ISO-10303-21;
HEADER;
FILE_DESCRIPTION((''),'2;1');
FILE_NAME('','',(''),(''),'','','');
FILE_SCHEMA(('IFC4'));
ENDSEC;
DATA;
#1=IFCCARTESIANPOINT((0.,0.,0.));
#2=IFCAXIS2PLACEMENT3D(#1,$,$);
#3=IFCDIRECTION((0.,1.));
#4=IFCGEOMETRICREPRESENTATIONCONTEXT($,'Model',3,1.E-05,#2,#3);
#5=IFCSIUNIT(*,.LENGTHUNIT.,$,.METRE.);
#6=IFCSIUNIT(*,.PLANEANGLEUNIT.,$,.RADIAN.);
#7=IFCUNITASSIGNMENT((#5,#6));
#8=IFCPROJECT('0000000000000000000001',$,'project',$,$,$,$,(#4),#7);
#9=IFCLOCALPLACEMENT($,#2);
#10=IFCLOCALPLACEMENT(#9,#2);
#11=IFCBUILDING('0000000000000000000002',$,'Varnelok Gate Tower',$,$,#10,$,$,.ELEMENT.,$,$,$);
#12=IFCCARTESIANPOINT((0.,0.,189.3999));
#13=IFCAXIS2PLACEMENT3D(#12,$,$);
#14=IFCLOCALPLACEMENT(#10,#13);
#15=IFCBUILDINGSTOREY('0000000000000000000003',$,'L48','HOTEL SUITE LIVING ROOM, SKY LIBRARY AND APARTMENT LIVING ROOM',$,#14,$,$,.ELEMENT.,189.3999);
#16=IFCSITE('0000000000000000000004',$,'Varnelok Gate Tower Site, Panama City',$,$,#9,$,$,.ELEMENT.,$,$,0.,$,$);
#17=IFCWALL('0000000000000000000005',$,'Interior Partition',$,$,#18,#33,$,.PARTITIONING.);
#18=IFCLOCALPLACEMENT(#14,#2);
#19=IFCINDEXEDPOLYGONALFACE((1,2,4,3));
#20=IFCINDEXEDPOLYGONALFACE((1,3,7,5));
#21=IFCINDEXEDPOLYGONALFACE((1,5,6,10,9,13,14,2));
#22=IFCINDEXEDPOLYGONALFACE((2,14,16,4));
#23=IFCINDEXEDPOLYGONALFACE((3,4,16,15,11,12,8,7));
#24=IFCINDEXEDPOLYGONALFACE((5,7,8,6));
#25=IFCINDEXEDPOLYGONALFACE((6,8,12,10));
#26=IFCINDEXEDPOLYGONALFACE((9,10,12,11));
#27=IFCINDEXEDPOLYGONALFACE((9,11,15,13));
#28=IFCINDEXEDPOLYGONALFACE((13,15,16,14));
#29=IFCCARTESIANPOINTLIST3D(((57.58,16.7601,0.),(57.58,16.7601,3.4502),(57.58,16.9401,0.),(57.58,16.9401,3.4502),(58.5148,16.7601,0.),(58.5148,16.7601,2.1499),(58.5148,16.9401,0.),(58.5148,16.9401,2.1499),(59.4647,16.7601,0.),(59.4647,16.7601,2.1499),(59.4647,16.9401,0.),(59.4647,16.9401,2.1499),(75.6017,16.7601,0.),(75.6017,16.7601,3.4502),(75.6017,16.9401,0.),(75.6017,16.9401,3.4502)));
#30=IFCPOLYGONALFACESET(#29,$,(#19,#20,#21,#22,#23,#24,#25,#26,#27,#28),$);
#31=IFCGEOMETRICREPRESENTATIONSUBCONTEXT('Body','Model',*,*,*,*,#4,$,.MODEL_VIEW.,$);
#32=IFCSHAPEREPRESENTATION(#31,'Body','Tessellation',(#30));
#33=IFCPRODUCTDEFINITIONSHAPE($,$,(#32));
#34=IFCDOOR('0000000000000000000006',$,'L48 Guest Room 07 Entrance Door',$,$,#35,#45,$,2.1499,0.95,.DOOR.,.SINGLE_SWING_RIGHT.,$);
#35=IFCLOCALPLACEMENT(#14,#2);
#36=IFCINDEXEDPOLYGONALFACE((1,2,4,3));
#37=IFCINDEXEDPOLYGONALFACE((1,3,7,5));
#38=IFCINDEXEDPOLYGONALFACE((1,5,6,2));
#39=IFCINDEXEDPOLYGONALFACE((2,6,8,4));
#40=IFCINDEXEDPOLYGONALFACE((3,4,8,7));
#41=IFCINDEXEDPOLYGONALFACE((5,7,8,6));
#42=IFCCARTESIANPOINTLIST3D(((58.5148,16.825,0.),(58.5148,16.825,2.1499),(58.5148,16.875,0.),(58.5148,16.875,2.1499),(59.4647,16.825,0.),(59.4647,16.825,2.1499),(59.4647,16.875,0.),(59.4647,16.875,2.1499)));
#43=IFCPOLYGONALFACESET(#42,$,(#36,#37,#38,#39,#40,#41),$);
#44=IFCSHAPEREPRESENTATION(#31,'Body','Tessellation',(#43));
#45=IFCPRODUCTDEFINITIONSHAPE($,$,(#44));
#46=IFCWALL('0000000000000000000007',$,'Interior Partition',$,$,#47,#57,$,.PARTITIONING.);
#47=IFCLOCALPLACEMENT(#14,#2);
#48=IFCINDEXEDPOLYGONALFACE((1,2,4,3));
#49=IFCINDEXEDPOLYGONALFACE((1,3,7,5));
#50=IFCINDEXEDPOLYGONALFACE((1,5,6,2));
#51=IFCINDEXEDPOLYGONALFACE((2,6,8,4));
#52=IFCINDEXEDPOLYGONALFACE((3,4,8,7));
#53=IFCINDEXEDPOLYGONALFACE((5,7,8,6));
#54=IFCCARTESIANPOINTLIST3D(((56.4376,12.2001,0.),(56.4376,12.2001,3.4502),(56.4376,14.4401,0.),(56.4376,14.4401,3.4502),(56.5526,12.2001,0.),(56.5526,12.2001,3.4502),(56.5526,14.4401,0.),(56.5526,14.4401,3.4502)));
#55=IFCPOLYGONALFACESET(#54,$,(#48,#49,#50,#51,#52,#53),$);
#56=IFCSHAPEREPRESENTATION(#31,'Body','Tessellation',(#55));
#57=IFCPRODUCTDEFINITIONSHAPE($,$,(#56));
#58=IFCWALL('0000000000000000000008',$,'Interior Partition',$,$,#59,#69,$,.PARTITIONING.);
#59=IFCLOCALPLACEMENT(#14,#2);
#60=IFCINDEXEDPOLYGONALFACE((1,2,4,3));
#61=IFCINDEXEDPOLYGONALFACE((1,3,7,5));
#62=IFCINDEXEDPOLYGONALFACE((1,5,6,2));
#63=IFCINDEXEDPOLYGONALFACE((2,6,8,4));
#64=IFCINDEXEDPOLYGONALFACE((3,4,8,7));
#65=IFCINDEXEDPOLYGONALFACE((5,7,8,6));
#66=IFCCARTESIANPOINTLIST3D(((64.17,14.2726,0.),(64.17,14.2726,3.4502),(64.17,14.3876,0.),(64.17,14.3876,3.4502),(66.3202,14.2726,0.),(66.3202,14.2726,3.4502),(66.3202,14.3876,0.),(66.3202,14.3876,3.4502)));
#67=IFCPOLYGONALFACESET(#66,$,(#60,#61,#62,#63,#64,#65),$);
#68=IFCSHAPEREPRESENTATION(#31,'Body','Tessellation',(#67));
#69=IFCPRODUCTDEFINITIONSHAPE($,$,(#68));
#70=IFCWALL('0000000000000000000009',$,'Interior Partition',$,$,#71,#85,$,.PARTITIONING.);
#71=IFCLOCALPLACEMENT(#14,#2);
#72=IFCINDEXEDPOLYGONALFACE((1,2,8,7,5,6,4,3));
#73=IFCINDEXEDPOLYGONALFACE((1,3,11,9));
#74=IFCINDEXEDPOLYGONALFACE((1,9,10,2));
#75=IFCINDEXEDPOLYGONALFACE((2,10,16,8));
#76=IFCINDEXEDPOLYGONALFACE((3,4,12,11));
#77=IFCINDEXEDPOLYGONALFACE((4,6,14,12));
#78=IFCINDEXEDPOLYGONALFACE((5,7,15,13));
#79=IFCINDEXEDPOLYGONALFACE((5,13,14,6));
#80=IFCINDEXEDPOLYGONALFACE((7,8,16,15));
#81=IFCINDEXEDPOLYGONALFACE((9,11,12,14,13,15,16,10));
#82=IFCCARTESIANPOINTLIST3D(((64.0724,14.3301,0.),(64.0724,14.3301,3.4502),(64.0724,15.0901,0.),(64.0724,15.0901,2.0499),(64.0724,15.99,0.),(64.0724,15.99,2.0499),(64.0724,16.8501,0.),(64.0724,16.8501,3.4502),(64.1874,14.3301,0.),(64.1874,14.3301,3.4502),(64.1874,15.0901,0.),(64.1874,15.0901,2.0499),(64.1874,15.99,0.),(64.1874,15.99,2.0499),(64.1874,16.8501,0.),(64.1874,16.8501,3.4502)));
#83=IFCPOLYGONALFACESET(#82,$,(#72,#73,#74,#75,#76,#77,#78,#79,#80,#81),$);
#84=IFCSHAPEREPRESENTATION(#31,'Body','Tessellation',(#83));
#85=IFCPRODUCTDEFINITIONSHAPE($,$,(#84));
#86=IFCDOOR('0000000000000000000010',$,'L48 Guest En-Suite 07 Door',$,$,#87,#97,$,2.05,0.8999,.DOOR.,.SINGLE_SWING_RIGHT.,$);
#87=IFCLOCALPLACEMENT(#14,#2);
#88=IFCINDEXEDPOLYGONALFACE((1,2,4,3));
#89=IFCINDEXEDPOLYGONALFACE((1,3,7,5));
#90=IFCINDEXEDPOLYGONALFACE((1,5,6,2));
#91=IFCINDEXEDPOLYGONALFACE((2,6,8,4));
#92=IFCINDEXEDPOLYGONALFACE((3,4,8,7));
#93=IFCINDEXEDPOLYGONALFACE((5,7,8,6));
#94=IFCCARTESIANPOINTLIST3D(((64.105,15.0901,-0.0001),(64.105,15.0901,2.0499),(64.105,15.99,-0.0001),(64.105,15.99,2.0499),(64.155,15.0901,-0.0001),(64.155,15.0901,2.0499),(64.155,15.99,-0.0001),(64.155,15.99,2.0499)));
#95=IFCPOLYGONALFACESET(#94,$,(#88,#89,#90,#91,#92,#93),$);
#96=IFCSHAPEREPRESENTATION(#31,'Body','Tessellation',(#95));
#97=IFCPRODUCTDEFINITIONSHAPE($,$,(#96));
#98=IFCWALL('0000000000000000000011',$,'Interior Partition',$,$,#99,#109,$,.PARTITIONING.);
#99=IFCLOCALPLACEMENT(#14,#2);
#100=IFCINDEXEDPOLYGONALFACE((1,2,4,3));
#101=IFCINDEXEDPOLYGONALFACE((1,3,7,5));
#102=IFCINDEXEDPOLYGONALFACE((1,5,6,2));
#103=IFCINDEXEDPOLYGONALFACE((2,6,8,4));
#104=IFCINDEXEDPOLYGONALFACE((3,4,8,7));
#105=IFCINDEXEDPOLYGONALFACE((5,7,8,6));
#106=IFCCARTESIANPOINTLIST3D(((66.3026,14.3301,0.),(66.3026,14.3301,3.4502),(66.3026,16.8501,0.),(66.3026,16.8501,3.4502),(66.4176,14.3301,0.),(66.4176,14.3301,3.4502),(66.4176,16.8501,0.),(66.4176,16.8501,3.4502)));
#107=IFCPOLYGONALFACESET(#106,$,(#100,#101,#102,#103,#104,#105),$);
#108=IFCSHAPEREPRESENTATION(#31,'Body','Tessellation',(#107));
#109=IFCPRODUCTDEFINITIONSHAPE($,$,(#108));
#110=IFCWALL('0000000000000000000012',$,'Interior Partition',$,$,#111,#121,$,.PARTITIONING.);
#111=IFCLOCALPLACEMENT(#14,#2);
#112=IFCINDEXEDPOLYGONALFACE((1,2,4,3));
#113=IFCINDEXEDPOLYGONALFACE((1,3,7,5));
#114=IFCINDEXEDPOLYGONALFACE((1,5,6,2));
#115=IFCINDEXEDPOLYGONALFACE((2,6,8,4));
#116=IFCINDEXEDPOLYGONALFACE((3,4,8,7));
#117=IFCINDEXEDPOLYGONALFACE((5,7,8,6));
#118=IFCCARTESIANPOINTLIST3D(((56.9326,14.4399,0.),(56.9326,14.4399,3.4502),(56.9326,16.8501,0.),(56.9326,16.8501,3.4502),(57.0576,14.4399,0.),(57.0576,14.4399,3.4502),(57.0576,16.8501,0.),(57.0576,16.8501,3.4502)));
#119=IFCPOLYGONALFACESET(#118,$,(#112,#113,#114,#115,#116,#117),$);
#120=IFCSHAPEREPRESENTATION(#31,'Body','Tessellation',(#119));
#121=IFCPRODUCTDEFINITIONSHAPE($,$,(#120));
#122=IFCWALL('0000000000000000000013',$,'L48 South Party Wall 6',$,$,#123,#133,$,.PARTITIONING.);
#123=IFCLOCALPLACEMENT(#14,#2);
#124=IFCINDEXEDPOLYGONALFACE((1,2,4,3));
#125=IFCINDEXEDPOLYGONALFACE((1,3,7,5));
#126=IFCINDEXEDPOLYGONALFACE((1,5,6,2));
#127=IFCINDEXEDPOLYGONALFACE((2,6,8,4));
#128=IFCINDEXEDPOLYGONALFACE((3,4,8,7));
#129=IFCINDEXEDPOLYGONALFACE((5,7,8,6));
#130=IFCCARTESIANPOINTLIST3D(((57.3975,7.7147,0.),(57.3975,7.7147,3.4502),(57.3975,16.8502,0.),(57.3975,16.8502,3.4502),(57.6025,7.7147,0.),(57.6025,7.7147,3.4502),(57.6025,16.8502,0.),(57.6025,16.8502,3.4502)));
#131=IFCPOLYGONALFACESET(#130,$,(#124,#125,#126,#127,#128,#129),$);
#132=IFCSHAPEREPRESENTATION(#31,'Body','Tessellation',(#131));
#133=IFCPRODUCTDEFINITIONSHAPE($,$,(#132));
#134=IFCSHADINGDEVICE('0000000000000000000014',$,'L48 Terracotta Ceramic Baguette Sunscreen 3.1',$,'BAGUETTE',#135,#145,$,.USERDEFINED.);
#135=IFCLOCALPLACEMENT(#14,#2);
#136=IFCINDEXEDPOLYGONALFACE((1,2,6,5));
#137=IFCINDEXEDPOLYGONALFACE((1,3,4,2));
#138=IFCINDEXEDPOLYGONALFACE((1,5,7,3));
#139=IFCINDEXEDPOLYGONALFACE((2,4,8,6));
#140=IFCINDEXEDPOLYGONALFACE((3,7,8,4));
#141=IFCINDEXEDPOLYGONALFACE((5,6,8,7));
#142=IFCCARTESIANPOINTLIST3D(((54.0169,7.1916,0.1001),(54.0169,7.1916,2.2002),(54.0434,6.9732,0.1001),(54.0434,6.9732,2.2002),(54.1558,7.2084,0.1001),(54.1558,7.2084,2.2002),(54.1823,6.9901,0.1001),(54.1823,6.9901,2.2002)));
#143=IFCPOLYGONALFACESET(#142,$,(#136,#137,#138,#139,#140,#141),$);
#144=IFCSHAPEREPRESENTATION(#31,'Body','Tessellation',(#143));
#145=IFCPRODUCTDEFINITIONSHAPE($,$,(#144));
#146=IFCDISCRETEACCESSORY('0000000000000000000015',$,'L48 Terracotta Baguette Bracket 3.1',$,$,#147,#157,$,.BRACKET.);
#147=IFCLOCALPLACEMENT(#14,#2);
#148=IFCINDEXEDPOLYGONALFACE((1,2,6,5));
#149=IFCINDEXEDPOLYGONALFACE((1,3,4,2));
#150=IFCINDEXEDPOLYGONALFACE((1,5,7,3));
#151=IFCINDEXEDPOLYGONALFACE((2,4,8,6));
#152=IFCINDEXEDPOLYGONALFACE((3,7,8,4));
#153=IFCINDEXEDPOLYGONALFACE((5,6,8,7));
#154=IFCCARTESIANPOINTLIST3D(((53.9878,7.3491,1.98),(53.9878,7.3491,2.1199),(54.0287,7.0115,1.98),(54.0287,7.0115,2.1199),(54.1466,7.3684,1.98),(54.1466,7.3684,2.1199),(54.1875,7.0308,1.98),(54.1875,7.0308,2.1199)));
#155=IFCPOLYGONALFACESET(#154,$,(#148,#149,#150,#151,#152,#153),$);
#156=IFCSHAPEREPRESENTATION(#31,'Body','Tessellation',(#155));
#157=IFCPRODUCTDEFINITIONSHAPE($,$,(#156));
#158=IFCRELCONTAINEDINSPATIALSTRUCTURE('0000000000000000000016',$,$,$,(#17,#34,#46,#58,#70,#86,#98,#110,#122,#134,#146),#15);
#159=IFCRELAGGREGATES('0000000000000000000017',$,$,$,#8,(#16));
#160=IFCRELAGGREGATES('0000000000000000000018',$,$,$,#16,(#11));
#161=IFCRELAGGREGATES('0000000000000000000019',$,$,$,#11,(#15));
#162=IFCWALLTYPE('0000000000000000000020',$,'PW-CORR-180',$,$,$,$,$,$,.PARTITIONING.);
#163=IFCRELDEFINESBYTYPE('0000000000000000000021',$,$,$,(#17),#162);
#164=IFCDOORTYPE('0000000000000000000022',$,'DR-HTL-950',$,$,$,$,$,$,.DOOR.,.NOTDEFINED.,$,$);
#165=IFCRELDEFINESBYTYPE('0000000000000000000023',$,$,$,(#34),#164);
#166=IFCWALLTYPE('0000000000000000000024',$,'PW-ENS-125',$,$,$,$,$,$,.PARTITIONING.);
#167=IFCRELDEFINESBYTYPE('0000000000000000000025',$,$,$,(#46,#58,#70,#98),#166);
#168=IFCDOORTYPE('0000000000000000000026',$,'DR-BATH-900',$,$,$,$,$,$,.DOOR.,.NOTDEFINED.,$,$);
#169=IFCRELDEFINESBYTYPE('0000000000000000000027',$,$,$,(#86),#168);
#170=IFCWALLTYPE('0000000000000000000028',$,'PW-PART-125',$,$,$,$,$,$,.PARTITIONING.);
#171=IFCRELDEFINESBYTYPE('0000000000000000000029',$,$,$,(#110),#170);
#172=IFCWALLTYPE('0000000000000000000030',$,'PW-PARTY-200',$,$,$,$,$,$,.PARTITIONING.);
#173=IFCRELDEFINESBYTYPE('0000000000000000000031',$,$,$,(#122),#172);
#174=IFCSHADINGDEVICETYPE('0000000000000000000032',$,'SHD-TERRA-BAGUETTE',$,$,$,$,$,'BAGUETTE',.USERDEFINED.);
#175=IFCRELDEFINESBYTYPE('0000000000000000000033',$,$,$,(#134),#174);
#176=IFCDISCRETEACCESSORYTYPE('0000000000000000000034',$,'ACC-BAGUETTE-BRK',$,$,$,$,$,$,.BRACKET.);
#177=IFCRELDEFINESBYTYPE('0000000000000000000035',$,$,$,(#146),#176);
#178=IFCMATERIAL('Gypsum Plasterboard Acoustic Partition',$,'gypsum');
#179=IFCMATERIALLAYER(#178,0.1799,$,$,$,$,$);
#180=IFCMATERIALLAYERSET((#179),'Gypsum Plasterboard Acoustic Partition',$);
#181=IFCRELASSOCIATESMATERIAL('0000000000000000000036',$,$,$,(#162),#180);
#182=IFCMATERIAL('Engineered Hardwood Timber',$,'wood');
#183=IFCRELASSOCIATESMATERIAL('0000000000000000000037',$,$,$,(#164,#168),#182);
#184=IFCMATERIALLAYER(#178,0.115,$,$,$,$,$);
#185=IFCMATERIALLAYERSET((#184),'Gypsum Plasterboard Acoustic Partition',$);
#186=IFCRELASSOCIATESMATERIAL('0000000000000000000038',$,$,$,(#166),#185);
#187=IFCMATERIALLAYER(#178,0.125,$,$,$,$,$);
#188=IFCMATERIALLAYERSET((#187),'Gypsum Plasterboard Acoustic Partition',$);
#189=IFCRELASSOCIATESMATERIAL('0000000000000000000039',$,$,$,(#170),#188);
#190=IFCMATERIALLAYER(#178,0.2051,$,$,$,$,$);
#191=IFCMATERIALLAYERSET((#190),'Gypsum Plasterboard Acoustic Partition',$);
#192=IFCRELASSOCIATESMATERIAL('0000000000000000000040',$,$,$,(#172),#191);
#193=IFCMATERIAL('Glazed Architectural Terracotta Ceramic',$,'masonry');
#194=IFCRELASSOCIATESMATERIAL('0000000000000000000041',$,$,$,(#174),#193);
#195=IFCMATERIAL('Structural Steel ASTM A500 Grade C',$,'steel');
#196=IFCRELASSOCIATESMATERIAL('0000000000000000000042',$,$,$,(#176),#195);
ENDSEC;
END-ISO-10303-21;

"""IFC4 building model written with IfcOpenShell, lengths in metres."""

from ifc_helpers import new_model, si_unit, direction, frame, frame_2d, origin, origin_2d, place, context, subcontext, project, spatial, rectangle, extrude, source, transform, mapped, material, layer, layer_set, type_object, element, fill, save


model = new_model("IFC4")

# Units and contexts
model_context = context("Model", 3, precision=1e-05, world=origin(), true_north=direction((0.0, 1.0)))
body_context = subcontext(model_context, "Body", "Model", "MODEL_VIEW")
ifc_project = project(units=[si_unit("LENGTHUNIT", "METRE"), si_unit("PLANEANGLEUNIT", "RADIAN")], contexts=[model_context])

# Site, building, storey
site_placement = place(None, origin())
site = spatial("IfcSite", under=ifc_project, at=site_placement, Name="Varnelok Gate Tower Site, Panama City", CompositionType="ELEMENT", RefElevation=0.0)
building_placement = place(site_placement, origin())
building = spatial("IfcBuilding", under=site, at=building_placement, Name="Varnelok Gate Tower", CompositionType="ELEMENT")
storey_placement = place(building_placement, frame((0.0, 0.0, 189.3999)))
storey = spatial("IfcBuildingStorey", under=building, at=storey_placement, Name="L48", Description="HOTEL SUITE LIVING ROOM, SKY LIBRARY AND APARTMENT LIVING ROOM", CompositionType="ELEMENT", Elevation=189.3999)

# Wall, opening, door
ifc_material_1 = material(Name="Gypsum Plasterboard Acoustic Partition", Category="gypsum")
ifc_layer_1 = layer(ifc_material_1, 0.1799)
ifc_layer_set_1 = layer_set([ifc_layer_1], Name="Gypsum Plasterboard Acoustic Partition")
wall_type_1 = type_object("IfcWallType", Name="PW-CORR-180", PredefinedType="PARTITIONING", material=ifc_layer_set_1)
wall_1_placement = place(storey_placement, frame((57.5801, 16.8501, 0.0), z_axis=(0.0, 0.0, 1.0), x_axis=(1.0, 0.0, 0.0)))
wall_1 = element("IfcWall", 1, at=wall_1_placement, inside=storey, type_object=wall_type_1, Name="Interior Partition", PredefinedType="PARTITIONING", context=body_context, shape_type="SweptSolid", body=[
    extrude(rectangle(XDim=18.0217, YDim=0.1799, at=frame_2d((9.0107, 0.0))), origin(), (0.0, 0.0, 1.0), 3.4502),
])
opening_1_placement = place(wall_1_placement, frame((0.9346, 0.0, 0.0)))
opening_1 = element("IfcOpeningElement", 2, at=opening_1_placement, cuts=wall_1, PredefinedType="OPENING", context=body_context, shape_type="SweptSolid", body=[
    extrude(rectangle(XDim=0.95, YDim=2.1499, at=frame_2d((0.4751, 1.075))), frame((0.0, 0.0999, 0.0), z_axis=(0.0, -1.0, 0.0), x_axis=(1.0, 0.0, 0.0)), (0.0, 0.0, 1.0), 0.2),
])
ifc_material_2 = material(Name="Engineered Hardwood Timber", Category="wood")
door_type_1 = type_object("IfcDoorType", Name="DR-HTL-950", OperationType="NOTDEFINED", PredefinedType="DOOR", material=ifc_material_2)
door_1_placement = place(opening_1_placement, origin())
door_1 = element("IfcDoor", 3, at=door_1_placement, inside=storey, type_object=door_type_1, Name="L48 Guest Room 07 Entrance Door", OperationType="SINGLE_SWING_RIGHT", OverallHeight=2.1499, OverallWidth=0.95, PredefinedType="DOOR", context=body_context, shape_type="SweptSolid", body=[
    extrude(rectangle(XDim=0.95, YDim=2.1499, at=frame_2d((0.4751, 1.075))), frame((0.0, 0.0249, 0.0), z_axis=(0.0, -1.0, 0.0), x_axis=(1.0, 0.0, 0.0)), (0.0, 0.0, 1.0), 0.05),
])
fill(opening_1, door_1)

# Walls
ifc_layer_2 = layer(ifc_material_1, 0.115)
ifc_layer_set_2 = layer_set([ifc_layer_2], Name="Gypsum Plasterboard Acoustic Partition")
wall_type_2 = type_object("IfcWallType", Name="PW-ENS-125", PredefinedType="PARTITIONING", material=ifc_layer_set_2)
wall_2_placement = place(storey_placement, frame((56.4951, 12.2, 0.0), z_axis=(0.0, 0.0, 1.0), x_axis=(0.0, 1.0, 0.0)))
element("IfcWall", 4, at=wall_2_placement, inside=storey, type_object=wall_type_2, Name="Interior Partition", PredefinedType="PARTITIONING", context=body_context, shape_type="SweptSolid", body=[
    extrude(rectangle(XDim=2.24, YDim=0.115, at=frame_2d((1.1201, 0.0))), origin(), (0.0, 0.0, 1.0), 3.4502),
])
wall_3_placement = place(storey_placement, frame((64.1699, 14.3301, 0.0), z_axis=(0.0, 0.0, 1.0), x_axis=(1.0, 0.0, 0.0)))
element("IfcWall", 5, at=wall_3_placement, inside=storey, type_object=wall_type_2, Name="Interior Partition", PredefinedType="PARTITIONING", context=body_context, shape_type="SweptSolid", body=[
    extrude(rectangle(XDim=2.1501, YDim=0.115, at=frame_2d((1.0752, 0.0))), origin(), (0.0, 0.0, 1.0), 3.4502),
])

# Wall, opening, door
wall_4_placement = place(storey_placement, frame((64.1299, 14.3301, 0.0), z_axis=(0.0, 0.0, 1.0), x_axis=(0.0, 1.0, 0.0)))
wall_4 = element("IfcWall", 6, at=wall_4_placement, inside=storey, type_object=wall_type_2, Name="Interior Partition", PredefinedType="PARTITIONING", context=body_context, shape_type="SweptSolid", body=[
    extrude(rectangle(XDim=2.52, YDim=0.115, at=frame_2d((1.26, 0.0))), origin(), (0.0, 0.0, 1.0), 3.4502),
])
opening_2_placement = place(wall_4_placement, frame((0.76, 0.0, 0.0)))
opening_2 = element("IfcOpeningElement", 7, at=opening_2_placement, cuts=wall_4, PredefinedType="OPENING", context=body_context, shape_type="SweptSolid", body=[
    extrude(rectangle(XDim=0.8999, YDim=2.05, at=frame_2d((0.45, 1.0249))), frame((0.0, 0.0674, 0.0), z_axis=(0.0, -1.0, 0.0), x_axis=(1.0, 0.0, 0.0)), (0.0, 0.0, 1.0), 0.135),
])
door_type_2 = type_object("IfcDoorType", Name="DR-BATH-900", OperationType="NOTDEFINED", PredefinedType="DOOR", material=ifc_material_2)
door_2_placement = place(opening_2_placement, origin())
door_2 = element("IfcDoor", 8, at=door_2_placement, inside=storey, type_object=door_type_2, Name="L48 Guest En-Suite 07 Door", OperationType="SINGLE_SWING_RIGHT", OverallHeight=2.05, OverallWidth=0.8999, PredefinedType="DOOR", context=body_context, shape_type="SweptSolid", body=[
    extrude(rectangle(XDim=0.8999, YDim=2.05, at=frame_2d((0.45, 1.0249))), frame((0.0, 0.0249, 0.0), z_axis=(0.0, -1.0, 0.0), x_axis=(1.0, 0.0, 0.0)), (0.0, 0.0, 1.0), 0.05),
])
fill(opening_2, door_2)

# Walls
wall_5_placement = place(storey_placement, frame((66.3601, 14.3301, 0.0), z_axis=(0.0, 0.0, 1.0), x_axis=(0.0, 1.0, 0.0)))
element("IfcWall", 9, at=wall_5_placement, inside=storey, type_object=wall_type_2, Name="Interior Partition", PredefinedType="PARTITIONING", context=body_context, shape_type="SweptSolid", body=[
    extrude(rectangle(XDim=2.52, YDim=0.115, at=frame_2d((1.26, 0.0))), origin(), (0.0, 0.0, 1.0), 3.4502),
])
ifc_layer_3 = layer(ifc_material_1, 0.125)
ifc_layer_set_3 = layer_set([ifc_layer_3], Name="Gypsum Plasterboard Acoustic Partition")
wall_type_3 = type_object("IfcWallType", Name="PW-PART-125", PredefinedType="PARTITIONING", material=ifc_layer_set_3)
wall_6_placement = place(storey_placement, frame((56.9951, 14.4399, 0.0), z_axis=(0.0, 0.0, 1.0), x_axis=(0.0, 1.0, 0.0)))
element("IfcWall", 10, at=wall_6_placement, inside=storey, type_object=wall_type_3, Name="Interior Partition", PredefinedType="PARTITIONING", context=body_context, shape_type="SweptSolid", body=[
    extrude(rectangle(XDim=2.4102, YDim=0.125, at=frame_2d((1.2051, 0.0))), origin(), (0.0, 0.0, 1.0), 3.4502),
])
ifc_layer_4 = layer(ifc_material_1, 0.2051)
ifc_layer_set_4 = layer_set([ifc_layer_4], Name="Gypsum Plasterboard Acoustic Partition")
wall_type_4 = type_object("IfcWallType", Name="PW-PARTY-200", PredefinedType="PARTITIONING", material=ifc_layer_set_4)
wall_7_placement = place(storey_placement, frame((57.5, 7.7146, 0.0), z_axis=(0.0, 0.0, 1.0), x_axis=(0.0, 1.0, 0.0)))
element("IfcWall", 11, at=wall_7_placement, inside=storey, type_object=wall_type_4, Name="L48 South Party Wall 6", PredefinedType="PARTITIONING", context=body_context, shape_type="SweptSolid", body=[
    extrude(rectangle(XDim=9.1355, YDim=0.2051, at=frame_2d((4.5679, 0.0))), origin(), (0.0, 0.0, 1.0), 3.4502),
])

# Shading device
ifc_material_3 = material(Name="Glazed Architectural Terracotta Ceramic", Category="masonry")
shading_device_type = type_object("IfcShadingDeviceType", Name="SHD-TERRA-BAGUETTE", ElementType="BAGUETTE", PredefinedType="USERDEFINED", material=ifc_material_3)
shared_shape_1 = source(origin(), body_context, "Body", "SweptSolid", [
    extrude(rectangle(XDim=0.1399, YDim=0.22, at=origin_2d()), origin(), (0.0, 0.0, 1.0), 2.1001),
])
shading_device_placement = place(storey_placement, frame((54.0996, 7.0908, 0.1001), z_axis=(0.0, 0.0, 1.0), x_axis=(0.992732, 0.120345, 0.0)))
element("IfcShadingDevice", 12, at=shading_device_placement, inside=storey, type_object=shading_device_type, Name="L48 Terracotta Ceramic Baguette Sunscreen 3.1", ObjectType="BAGUETTE", PredefinedType="USERDEFINED", context=body_context, shape_type="MappedRepresentation", body=[
    mapped(shared_shape_1, transform((0.0, 0.0, 0.0), scale=1.0)),
])

# Discrete accessory
ifc_material_4 = material(Name="Structural Steel ASTM A500 Grade C", Category="steel")
discrete_accessory_type = type_object("IfcDiscreteAccessoryType", Name="ACC-BAGUETTE-BRK", PredefinedType="BRACKET", material=ifc_material_4)
shared_shape_2 = source(origin(), body_context, "Body", "SweptSolid", [
    extrude(rectangle(XDim=0.1599, YDim=0.3401, at=origin_2d()), origin(), (0.0, 0.0, 1.0), 0.1399),
])
discrete_accessory_placement = place(storey_placement, frame((54.0876, 7.1899, 1.98), z_axis=(0.0, 0.0, 1.0), x_axis=(0.992732, 0.120345, 0.0)))
element("IfcDiscreteAccessory", 13, at=discrete_accessory_placement, inside=storey, type_object=discrete_accessory_type, Name="L48 Terracotta Baguette Bracket 3.1", PredefinedType="BRACKET", context=body_context, shape_type="MappedRepresentation", body=[
    mapped(shared_shape_2, transform((0.0, 0.0, 0.0), scale=1.0)),
])

save(model, "model.ifc")
